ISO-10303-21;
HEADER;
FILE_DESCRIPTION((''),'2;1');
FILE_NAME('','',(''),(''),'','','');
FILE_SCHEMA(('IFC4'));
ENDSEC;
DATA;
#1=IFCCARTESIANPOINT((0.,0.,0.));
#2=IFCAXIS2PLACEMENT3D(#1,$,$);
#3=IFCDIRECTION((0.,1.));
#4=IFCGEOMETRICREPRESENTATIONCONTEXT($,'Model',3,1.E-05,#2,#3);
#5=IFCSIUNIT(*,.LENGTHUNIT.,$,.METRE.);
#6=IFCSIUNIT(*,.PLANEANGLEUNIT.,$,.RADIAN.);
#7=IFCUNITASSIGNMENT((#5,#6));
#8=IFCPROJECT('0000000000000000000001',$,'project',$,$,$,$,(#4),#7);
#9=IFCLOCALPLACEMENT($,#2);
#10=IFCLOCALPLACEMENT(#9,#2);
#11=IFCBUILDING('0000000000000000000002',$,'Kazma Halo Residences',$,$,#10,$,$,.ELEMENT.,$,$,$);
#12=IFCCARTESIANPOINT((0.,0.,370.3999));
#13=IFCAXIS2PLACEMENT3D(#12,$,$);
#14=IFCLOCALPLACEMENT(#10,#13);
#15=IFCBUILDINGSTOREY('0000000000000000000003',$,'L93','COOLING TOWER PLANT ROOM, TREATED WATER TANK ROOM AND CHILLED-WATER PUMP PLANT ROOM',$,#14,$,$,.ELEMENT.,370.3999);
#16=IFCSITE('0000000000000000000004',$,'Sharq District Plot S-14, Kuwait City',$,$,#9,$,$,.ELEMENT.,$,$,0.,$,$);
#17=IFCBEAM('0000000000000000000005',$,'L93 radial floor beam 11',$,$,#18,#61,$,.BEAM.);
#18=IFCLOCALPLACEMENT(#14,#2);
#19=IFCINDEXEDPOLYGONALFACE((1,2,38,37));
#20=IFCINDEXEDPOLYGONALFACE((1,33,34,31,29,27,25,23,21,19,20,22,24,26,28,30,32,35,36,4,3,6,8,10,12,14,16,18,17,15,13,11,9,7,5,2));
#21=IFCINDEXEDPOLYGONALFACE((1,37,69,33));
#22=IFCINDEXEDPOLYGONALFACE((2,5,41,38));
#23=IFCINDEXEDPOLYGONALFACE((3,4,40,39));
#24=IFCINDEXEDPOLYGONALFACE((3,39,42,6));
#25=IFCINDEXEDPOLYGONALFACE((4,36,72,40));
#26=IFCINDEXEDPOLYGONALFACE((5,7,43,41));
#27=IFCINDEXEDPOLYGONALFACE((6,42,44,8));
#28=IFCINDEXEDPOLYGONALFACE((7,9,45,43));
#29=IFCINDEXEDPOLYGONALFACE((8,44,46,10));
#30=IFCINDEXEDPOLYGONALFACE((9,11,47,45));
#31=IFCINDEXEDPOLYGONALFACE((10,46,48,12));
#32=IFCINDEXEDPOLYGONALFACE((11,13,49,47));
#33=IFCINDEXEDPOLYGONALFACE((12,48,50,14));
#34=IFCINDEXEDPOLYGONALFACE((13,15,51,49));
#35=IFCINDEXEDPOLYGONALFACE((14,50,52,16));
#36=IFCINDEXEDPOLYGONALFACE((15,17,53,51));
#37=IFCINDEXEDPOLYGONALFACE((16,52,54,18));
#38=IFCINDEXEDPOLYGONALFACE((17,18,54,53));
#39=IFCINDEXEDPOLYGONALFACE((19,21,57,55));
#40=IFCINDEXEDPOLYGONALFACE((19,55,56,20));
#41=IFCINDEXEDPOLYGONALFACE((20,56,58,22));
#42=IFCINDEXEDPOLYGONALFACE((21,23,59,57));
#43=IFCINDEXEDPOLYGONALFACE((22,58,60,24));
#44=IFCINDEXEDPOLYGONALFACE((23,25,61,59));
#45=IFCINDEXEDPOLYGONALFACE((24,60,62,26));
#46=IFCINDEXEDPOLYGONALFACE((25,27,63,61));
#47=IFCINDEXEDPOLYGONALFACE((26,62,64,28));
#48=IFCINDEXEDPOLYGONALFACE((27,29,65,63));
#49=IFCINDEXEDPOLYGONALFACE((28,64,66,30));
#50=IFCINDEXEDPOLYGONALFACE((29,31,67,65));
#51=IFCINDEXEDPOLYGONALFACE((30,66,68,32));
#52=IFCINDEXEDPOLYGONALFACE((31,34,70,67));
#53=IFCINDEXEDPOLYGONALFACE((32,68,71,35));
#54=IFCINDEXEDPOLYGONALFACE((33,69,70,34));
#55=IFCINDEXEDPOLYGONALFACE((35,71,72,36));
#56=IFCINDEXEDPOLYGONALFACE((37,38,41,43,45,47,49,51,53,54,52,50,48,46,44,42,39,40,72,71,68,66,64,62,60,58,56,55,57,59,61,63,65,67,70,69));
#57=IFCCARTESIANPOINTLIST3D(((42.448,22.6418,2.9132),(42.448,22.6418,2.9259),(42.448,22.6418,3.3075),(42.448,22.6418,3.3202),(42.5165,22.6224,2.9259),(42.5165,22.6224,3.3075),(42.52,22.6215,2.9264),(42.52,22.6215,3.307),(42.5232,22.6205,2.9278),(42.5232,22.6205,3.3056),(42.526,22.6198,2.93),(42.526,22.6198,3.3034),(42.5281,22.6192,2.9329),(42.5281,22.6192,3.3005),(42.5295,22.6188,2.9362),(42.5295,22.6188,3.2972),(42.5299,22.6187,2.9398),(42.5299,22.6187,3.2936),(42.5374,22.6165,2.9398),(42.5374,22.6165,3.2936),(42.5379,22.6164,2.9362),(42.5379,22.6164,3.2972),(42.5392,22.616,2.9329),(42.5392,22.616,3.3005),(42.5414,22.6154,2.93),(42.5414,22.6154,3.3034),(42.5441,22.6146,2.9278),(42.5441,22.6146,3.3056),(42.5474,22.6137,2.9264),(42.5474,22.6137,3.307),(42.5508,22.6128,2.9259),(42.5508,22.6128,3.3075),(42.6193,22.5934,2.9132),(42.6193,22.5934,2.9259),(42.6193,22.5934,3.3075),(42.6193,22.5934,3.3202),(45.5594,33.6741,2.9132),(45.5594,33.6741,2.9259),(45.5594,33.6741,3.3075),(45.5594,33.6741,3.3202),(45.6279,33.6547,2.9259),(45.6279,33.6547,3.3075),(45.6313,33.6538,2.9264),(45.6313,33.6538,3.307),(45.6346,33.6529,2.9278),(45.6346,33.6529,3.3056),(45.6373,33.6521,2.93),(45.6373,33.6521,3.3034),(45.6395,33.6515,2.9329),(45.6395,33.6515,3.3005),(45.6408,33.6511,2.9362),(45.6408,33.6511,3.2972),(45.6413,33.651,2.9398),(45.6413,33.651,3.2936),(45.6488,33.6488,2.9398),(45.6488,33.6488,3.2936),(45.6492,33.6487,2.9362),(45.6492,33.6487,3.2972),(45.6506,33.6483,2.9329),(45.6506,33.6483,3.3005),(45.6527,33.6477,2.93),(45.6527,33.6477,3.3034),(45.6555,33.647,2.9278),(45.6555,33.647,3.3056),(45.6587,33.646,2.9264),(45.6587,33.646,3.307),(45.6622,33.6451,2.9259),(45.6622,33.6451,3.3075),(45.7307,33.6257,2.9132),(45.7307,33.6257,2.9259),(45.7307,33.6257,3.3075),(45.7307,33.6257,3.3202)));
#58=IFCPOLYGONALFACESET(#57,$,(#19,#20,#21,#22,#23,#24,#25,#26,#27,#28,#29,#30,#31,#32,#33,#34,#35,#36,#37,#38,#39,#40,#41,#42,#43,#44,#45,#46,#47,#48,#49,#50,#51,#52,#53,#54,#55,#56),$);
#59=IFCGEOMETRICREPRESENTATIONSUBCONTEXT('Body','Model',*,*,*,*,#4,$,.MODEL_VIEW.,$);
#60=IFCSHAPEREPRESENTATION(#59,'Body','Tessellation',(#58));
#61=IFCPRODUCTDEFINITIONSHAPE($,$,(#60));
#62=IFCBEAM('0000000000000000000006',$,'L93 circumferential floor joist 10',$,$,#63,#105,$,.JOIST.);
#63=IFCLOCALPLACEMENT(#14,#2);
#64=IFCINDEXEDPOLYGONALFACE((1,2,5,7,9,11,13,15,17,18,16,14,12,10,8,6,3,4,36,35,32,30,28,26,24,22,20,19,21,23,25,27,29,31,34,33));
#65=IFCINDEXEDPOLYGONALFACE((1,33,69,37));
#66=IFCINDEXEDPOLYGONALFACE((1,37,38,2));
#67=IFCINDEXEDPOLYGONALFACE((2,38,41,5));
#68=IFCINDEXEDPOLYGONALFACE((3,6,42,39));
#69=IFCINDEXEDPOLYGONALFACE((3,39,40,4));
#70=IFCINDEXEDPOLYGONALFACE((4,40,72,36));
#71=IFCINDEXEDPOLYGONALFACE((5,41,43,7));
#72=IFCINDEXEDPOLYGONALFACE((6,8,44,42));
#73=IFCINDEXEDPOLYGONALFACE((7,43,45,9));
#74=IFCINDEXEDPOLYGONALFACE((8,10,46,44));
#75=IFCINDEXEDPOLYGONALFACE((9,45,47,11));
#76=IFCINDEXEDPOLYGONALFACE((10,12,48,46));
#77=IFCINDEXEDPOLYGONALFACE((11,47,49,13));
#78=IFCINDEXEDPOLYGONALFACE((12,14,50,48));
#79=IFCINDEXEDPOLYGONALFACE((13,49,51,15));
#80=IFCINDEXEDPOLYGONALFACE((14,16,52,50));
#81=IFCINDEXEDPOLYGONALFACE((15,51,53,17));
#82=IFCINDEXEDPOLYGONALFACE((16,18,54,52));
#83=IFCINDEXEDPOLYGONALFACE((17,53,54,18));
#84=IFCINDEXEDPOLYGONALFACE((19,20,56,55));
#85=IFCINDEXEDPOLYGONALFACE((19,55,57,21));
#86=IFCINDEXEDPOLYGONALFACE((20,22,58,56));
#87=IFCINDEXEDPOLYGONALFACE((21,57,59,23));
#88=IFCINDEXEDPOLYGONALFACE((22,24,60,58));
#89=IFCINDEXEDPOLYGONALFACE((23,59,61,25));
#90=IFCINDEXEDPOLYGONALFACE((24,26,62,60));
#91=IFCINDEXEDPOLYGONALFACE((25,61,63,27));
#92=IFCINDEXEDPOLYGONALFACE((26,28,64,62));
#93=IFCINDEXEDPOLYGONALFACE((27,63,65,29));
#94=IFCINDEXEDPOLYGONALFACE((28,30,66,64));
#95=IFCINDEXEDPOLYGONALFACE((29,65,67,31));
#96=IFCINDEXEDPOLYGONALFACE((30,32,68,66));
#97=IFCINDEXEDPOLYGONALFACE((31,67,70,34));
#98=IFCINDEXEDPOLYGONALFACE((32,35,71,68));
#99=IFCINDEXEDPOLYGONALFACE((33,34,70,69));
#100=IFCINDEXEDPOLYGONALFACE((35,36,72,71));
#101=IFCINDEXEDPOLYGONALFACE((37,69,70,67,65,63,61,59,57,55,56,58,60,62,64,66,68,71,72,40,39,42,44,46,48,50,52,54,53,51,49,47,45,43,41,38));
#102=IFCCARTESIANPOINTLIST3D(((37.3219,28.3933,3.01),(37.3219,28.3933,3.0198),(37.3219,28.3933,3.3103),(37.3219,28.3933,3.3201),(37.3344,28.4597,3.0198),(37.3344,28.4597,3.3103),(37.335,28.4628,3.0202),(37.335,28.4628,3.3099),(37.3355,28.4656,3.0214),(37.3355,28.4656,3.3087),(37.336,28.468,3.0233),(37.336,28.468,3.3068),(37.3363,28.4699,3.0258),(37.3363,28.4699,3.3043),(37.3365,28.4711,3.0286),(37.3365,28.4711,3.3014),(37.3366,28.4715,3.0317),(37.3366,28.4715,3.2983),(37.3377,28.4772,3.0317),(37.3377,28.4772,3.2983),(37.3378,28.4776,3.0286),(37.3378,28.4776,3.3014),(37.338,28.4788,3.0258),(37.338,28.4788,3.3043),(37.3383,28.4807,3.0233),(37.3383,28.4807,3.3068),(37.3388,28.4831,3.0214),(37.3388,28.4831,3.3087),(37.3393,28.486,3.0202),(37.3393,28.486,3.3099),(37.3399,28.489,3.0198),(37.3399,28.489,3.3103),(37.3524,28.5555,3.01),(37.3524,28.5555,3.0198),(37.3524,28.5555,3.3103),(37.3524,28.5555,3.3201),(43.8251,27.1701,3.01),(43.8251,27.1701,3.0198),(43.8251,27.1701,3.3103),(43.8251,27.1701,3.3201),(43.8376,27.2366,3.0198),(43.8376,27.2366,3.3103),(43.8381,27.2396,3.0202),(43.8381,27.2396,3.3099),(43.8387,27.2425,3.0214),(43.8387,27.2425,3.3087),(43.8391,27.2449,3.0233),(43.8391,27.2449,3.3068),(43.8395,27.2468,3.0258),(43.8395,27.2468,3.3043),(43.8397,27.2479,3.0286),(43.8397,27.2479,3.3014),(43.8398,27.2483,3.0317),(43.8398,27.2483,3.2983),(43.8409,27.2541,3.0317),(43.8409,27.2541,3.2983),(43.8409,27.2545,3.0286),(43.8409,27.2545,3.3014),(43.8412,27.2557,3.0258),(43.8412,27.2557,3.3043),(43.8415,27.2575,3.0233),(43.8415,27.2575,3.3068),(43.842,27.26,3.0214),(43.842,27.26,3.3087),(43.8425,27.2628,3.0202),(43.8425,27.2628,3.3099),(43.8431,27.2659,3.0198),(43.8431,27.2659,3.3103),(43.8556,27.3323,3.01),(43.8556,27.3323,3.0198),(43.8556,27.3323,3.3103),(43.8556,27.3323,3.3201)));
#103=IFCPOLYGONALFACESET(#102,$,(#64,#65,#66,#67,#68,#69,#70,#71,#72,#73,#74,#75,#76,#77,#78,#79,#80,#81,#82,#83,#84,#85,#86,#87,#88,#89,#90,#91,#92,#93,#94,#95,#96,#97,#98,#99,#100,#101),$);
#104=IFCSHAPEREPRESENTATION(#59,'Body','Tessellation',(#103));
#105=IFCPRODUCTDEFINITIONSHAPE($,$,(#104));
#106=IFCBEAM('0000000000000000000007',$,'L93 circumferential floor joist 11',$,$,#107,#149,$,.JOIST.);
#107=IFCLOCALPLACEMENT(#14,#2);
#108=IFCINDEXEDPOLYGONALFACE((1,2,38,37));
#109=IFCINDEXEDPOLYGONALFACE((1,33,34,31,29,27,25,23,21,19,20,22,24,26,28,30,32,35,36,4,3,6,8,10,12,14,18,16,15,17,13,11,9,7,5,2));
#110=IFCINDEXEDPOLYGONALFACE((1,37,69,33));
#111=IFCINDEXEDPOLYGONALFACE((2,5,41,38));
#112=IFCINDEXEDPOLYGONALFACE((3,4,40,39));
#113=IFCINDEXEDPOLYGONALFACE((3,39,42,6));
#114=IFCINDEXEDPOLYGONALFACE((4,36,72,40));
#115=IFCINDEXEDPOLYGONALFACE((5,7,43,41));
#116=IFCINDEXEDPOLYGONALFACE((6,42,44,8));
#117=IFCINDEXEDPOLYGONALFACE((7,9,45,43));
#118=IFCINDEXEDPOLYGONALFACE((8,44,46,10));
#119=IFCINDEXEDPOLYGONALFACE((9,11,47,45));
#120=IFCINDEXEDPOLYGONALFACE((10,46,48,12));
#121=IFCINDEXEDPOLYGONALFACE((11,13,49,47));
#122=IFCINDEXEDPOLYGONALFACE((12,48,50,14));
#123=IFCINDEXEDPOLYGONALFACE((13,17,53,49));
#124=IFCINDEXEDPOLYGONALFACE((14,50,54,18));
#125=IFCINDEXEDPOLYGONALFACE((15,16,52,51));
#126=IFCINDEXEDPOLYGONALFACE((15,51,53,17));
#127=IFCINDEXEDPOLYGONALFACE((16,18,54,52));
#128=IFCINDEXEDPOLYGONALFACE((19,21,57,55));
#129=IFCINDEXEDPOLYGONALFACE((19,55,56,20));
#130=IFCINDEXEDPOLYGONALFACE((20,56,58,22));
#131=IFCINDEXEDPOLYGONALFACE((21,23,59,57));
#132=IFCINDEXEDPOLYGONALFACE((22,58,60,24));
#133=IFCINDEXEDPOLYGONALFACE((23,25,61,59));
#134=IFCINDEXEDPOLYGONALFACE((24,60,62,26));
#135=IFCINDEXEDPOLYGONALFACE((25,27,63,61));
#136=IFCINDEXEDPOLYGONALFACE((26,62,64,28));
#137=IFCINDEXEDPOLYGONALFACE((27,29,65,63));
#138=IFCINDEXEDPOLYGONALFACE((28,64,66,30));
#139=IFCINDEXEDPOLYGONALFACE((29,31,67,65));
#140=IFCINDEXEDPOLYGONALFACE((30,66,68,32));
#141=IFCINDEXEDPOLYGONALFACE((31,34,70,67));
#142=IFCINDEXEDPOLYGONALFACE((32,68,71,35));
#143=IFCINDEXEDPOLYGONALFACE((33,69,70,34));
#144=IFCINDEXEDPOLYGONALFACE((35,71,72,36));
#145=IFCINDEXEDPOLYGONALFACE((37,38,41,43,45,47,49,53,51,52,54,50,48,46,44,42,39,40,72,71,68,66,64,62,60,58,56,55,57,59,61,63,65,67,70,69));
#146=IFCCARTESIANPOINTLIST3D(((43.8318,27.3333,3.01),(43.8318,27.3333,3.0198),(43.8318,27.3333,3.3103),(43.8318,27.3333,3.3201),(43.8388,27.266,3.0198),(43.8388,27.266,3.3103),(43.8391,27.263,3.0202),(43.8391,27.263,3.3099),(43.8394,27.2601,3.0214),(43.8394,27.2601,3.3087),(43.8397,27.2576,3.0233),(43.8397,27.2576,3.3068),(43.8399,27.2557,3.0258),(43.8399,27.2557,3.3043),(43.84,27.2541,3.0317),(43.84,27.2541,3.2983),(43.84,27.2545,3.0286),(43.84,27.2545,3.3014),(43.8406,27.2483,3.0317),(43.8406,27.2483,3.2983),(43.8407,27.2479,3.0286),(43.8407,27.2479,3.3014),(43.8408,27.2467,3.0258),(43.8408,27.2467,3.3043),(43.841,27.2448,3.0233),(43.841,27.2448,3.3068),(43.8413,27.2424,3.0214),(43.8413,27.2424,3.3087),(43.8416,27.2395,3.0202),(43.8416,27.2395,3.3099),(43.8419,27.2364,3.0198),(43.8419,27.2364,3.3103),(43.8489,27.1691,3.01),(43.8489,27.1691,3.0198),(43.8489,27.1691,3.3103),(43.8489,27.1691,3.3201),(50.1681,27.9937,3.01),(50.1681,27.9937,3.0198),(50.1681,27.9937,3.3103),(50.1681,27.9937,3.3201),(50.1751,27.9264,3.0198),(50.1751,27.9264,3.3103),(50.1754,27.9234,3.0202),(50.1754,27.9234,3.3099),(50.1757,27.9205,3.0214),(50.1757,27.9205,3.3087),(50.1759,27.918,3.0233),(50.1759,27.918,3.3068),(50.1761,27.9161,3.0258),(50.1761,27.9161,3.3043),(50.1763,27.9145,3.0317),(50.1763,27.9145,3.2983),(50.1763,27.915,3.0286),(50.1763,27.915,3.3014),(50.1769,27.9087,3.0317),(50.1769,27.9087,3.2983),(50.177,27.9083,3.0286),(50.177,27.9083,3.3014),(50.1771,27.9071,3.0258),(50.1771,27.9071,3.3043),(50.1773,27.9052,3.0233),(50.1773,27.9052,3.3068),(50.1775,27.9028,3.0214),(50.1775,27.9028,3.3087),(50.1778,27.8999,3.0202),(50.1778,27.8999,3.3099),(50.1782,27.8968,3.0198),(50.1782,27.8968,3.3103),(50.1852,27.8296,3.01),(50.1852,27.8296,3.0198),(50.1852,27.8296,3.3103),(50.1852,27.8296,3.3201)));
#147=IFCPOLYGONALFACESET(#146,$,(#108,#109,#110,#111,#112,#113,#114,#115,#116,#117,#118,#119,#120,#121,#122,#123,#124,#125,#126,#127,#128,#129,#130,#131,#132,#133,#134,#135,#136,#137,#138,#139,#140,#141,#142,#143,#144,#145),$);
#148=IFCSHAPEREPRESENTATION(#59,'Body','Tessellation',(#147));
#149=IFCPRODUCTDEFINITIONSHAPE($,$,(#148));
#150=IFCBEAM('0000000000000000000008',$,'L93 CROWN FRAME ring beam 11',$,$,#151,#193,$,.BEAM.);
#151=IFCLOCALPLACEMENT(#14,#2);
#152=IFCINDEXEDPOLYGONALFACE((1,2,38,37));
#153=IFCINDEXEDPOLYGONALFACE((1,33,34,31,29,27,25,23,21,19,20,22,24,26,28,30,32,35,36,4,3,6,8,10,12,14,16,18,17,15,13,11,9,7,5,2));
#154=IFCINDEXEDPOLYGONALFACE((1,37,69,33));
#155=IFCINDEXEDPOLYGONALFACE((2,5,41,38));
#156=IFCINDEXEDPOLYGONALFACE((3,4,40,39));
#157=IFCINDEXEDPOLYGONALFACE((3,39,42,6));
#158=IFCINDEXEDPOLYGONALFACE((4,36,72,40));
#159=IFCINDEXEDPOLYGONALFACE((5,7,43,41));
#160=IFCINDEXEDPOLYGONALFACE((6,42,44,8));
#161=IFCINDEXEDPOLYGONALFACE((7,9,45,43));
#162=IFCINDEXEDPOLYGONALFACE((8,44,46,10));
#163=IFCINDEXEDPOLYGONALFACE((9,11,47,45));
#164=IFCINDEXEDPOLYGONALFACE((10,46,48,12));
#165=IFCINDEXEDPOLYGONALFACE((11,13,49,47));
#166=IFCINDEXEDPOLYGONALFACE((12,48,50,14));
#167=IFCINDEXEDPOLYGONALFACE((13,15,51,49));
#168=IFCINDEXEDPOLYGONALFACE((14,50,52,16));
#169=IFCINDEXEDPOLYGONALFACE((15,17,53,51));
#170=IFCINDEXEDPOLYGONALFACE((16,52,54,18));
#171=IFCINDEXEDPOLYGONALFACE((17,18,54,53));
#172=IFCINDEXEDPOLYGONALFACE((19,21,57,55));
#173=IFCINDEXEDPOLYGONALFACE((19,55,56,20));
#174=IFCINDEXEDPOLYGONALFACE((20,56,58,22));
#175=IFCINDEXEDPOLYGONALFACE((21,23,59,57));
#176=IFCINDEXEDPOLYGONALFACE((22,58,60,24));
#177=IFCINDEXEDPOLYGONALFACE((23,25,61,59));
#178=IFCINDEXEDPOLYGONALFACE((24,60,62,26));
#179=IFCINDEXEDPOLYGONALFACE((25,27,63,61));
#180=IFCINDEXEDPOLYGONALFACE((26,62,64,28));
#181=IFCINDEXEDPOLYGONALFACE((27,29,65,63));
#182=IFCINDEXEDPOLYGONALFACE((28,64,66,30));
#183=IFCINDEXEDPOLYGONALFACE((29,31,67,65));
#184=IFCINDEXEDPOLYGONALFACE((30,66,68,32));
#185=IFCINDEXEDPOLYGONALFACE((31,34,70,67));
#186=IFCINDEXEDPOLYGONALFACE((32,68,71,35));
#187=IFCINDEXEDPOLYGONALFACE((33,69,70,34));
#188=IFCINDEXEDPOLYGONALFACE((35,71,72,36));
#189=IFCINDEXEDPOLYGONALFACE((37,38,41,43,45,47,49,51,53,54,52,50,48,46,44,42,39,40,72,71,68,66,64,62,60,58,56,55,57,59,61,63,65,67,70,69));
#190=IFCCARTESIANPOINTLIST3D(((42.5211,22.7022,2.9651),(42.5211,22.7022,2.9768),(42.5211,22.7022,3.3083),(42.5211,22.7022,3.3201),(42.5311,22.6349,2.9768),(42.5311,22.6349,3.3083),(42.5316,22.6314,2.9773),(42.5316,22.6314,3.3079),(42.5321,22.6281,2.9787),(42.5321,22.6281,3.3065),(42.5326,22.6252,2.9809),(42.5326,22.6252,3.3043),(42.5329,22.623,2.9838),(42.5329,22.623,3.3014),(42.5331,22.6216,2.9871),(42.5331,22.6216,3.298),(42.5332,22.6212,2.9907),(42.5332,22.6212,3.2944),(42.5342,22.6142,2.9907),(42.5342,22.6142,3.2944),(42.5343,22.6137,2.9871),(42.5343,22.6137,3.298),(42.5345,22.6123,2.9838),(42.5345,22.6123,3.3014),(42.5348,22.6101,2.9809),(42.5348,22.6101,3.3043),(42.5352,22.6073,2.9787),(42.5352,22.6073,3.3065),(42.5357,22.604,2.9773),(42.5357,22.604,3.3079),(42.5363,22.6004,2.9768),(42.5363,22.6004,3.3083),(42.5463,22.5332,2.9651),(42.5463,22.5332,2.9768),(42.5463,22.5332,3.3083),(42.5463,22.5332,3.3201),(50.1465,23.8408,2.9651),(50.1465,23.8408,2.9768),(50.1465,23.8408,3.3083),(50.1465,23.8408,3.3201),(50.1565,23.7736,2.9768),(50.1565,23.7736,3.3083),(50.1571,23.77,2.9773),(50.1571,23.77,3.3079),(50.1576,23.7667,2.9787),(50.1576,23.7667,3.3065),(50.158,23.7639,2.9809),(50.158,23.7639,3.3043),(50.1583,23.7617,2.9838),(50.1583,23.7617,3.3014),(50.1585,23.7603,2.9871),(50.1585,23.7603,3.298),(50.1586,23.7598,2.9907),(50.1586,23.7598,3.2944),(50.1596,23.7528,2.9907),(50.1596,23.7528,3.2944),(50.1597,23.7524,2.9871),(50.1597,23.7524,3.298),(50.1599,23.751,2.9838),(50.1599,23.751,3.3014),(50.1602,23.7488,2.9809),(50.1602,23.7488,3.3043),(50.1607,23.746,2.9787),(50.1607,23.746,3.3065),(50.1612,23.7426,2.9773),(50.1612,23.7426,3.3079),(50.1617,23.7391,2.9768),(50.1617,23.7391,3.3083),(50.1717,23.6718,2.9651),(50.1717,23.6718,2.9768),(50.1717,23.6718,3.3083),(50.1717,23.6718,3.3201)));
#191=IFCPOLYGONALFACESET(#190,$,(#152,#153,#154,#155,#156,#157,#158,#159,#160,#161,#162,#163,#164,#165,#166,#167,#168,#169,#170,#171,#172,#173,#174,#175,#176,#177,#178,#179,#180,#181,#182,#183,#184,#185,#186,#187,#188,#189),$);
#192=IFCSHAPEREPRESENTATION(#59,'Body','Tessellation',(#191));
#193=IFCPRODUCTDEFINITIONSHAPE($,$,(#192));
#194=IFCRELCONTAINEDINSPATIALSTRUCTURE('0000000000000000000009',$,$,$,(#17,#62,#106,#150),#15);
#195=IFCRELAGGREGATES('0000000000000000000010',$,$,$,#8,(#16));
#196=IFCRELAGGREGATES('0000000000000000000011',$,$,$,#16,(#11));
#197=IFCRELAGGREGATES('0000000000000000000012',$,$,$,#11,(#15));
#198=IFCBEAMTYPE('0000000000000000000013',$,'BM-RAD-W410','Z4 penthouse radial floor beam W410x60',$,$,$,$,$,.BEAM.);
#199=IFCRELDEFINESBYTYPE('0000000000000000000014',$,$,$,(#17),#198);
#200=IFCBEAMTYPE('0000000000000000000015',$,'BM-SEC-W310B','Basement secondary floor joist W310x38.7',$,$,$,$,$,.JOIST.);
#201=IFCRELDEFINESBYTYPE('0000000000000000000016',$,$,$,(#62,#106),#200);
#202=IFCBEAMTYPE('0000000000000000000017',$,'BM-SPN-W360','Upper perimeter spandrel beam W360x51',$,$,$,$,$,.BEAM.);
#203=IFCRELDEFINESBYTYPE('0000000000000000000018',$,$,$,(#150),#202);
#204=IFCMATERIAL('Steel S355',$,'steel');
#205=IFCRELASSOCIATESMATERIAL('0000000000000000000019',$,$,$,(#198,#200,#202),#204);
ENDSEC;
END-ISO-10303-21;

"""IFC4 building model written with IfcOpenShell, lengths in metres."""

from ifc_helpers import new_model, si_unit, direction, frame, origin, origin_2d, place, context, subcontext, project, spatial, i_section, extrude, material, material_profile, profile_set, type_object, element, save


model = new_model("IFC4")

# Units and contexts
model_context = context("Model", 3, precision=1e-05, world=origin(), true_north=direction((0.0, 1.0)))
body_context = subcontext(model_context, "Body", "Model", "MODEL_VIEW")
ifc_project = project(units=[si_unit("LENGTHUNIT", "METRE"), si_unit("PLANEANGLEUNIT", "RADIAN")], contexts=[model_context])

# Site, building, storey
site_placement = place(None, origin())
site = spatial("IfcSite", under=ifc_project, at=site_placement, Name="Sharq District Plot S-14, Kuwait City", CompositionType="ELEMENT", RefElevation=0.0)
building_placement = place(site_placement, origin())
building = spatial("IfcBuilding", under=site, at=building_placement, Name="Kazma Halo Residences", CompositionType="ELEMENT")
storey_placement = place(building_placement, frame((0.0, 0.0, 370.3999)))
storey = spatial("IfcBuildingStorey", under=building, at=storey_placement, Name="L93", Description="COOLING TOWER PLANT ROOM, TREATED WATER TANK ROOM AND CHILLED-WATER PUMP PLANT ROOM", CompositionType="ELEMENT", Elevation=370.3999)

# Shared definitions
ifc_material_1 = material(Name="Steel S355", Category="steel")

# Beams
ifc_material_profile_1 = material_profile(ifc_material_1, i_section(OverallWidth=0.178, OverallDepth=0.407, WebThickness=0.0078, FlangeThickness=0.0127, FilletRadius=0.0139, at=origin_2d()), Name="W410x60")
ifc_profile_set_1 = profile_set([ifc_material_profile_1], Name="Steel S355")
beam_type_1 = type_object("IfcBeamType", Name="BM-RAD-W410", Description="Z4 penthouse radial floor beam W410x60", PredefinedType="BEAM", material=ifc_profile_set_1)
beam_1_placement = place(storey_placement, frame((45.645, 33.6499, 3.1167), z_axis=(-0.271434, -0.962457, 0.0), x_axis=(0.962457, -0.271434, 0.0)))
element("IfcBeam", 1, at=beam_1_placement, inside=storey, type_object=beam_type_1, Name="L93 radial floor beam 11", PredefinedType="BEAM", context=body_context, shape_type="SweptSolid", body=[
    extrude(i_section(OverallWidth=0.178, OverallDepth=0.407, WebThickness=0.0078, FlangeThickness=0.0127, FilletRadius=0.0139, at=origin_2d()), origin(), (0.0, 0.0, 1.0), 11.4626),
])
ifc_material_profile_2 = material_profile(ifc_material_1, i_section(OverallWidth=0.165, OverallDepth=0.3101, WebThickness=0.0059, FlangeThickness=0.0098, FilletRadius=0.012, at=origin_2d()), Name="W310x38.7")
ifc_profile_set_2 = profile_set([ifc_material_profile_2], Name="Steel S355")
beam_type_2 = type_object("IfcBeamType", Name="BM-SEC-W310B", Description="Basement secondary floor joist W310x38.7", PredefinedType="JOIST", material=ifc_profile_set_2)
beam_2_placement = place(storey_placement, frame((37.3372, 28.4744, 3.165), z_axis=(0.982768, -0.184843, 0.0), x_axis=(0.184843, 0.982768, 0.0)))
element("IfcBeam", 2, at=beam_2_placement, inside=storey, type_object=beam_type_2, Name="L93 circumferential floor joist 10", PredefinedType="JOIST", context=body_context, shape_type="SweptSolid", body=[
    extrude(i_section(OverallWidth=0.165, OverallDepth=0.3101, WebThickness=0.0059, FlangeThickness=0.0098, FilletRadius=0.012, at=origin_2d()), origin(), (0.0, 0.0, 1.0), 6.6172),
])
beam_3_placement = place(storey_placement, frame((43.8403, 27.2512, 3.165), z_axis=(0.994612, 0.103665, 0.0), x_axis=(-0.103665, 0.994612, 0.0)))
element("IfcBeam", 3, at=beam_3_placement, inside=storey, type_object=beam_type_2, Name="L93 circumferential floor joist 11", PredefinedType="JOIST", context=body_context, shape_type="SweptSolid", body=[
    extrude(i_section(OverallWidth=0.165, OverallDepth=0.3101, WebThickness=0.0059, FlangeThickness=0.0098, FilletRadius=0.012, at=origin_2d()), origin(), (0.0, 0.0, 1.0), 6.3706),
])
ifc_material_profile_3 = material_profile(ifc_material_1, i_section(OverallWidth=0.1709, OverallDepth=0.355, WebThickness=0.0071, FlangeThickness=0.0117, FilletRadius=0.0139, at=origin_2d()), Name="W360x51")
ifc_profile_set_3 = profile_set([ifc_material_profile_3], Name="Steel S355")
beam_type_3 = type_object("IfcBeamType", Name="BM-SPN-W360", Description="Upper perimeter spandrel beam W360x51", PredefinedType="BEAM", material=ifc_profile_set_3)
beam_4_placement = place(storey_placement, frame((42.5337, 22.6177, 3.1426), z_axis=(0.989034, 0.147687, 0.0), x_axis=(-0.147687, 0.989034, 0.0)))
element("IfcBeam", 4, at=beam_4_placement, inside=storey, type_object=beam_type_3, Name="L93 CROWN FRAME ring beam 11", PredefinedType="BEAM", context=body_context, shape_type="SweptSolid", body=[
    extrude(i_section(OverallWidth=0.1709, OverallDepth=0.355, WebThickness=0.0071, FlangeThickness=0.0117, FilletRadius=0.0139, at=origin_2d()), origin(), (0.0, 0.0, 1.0), 7.71),
])

save(model, "model.ifc")
